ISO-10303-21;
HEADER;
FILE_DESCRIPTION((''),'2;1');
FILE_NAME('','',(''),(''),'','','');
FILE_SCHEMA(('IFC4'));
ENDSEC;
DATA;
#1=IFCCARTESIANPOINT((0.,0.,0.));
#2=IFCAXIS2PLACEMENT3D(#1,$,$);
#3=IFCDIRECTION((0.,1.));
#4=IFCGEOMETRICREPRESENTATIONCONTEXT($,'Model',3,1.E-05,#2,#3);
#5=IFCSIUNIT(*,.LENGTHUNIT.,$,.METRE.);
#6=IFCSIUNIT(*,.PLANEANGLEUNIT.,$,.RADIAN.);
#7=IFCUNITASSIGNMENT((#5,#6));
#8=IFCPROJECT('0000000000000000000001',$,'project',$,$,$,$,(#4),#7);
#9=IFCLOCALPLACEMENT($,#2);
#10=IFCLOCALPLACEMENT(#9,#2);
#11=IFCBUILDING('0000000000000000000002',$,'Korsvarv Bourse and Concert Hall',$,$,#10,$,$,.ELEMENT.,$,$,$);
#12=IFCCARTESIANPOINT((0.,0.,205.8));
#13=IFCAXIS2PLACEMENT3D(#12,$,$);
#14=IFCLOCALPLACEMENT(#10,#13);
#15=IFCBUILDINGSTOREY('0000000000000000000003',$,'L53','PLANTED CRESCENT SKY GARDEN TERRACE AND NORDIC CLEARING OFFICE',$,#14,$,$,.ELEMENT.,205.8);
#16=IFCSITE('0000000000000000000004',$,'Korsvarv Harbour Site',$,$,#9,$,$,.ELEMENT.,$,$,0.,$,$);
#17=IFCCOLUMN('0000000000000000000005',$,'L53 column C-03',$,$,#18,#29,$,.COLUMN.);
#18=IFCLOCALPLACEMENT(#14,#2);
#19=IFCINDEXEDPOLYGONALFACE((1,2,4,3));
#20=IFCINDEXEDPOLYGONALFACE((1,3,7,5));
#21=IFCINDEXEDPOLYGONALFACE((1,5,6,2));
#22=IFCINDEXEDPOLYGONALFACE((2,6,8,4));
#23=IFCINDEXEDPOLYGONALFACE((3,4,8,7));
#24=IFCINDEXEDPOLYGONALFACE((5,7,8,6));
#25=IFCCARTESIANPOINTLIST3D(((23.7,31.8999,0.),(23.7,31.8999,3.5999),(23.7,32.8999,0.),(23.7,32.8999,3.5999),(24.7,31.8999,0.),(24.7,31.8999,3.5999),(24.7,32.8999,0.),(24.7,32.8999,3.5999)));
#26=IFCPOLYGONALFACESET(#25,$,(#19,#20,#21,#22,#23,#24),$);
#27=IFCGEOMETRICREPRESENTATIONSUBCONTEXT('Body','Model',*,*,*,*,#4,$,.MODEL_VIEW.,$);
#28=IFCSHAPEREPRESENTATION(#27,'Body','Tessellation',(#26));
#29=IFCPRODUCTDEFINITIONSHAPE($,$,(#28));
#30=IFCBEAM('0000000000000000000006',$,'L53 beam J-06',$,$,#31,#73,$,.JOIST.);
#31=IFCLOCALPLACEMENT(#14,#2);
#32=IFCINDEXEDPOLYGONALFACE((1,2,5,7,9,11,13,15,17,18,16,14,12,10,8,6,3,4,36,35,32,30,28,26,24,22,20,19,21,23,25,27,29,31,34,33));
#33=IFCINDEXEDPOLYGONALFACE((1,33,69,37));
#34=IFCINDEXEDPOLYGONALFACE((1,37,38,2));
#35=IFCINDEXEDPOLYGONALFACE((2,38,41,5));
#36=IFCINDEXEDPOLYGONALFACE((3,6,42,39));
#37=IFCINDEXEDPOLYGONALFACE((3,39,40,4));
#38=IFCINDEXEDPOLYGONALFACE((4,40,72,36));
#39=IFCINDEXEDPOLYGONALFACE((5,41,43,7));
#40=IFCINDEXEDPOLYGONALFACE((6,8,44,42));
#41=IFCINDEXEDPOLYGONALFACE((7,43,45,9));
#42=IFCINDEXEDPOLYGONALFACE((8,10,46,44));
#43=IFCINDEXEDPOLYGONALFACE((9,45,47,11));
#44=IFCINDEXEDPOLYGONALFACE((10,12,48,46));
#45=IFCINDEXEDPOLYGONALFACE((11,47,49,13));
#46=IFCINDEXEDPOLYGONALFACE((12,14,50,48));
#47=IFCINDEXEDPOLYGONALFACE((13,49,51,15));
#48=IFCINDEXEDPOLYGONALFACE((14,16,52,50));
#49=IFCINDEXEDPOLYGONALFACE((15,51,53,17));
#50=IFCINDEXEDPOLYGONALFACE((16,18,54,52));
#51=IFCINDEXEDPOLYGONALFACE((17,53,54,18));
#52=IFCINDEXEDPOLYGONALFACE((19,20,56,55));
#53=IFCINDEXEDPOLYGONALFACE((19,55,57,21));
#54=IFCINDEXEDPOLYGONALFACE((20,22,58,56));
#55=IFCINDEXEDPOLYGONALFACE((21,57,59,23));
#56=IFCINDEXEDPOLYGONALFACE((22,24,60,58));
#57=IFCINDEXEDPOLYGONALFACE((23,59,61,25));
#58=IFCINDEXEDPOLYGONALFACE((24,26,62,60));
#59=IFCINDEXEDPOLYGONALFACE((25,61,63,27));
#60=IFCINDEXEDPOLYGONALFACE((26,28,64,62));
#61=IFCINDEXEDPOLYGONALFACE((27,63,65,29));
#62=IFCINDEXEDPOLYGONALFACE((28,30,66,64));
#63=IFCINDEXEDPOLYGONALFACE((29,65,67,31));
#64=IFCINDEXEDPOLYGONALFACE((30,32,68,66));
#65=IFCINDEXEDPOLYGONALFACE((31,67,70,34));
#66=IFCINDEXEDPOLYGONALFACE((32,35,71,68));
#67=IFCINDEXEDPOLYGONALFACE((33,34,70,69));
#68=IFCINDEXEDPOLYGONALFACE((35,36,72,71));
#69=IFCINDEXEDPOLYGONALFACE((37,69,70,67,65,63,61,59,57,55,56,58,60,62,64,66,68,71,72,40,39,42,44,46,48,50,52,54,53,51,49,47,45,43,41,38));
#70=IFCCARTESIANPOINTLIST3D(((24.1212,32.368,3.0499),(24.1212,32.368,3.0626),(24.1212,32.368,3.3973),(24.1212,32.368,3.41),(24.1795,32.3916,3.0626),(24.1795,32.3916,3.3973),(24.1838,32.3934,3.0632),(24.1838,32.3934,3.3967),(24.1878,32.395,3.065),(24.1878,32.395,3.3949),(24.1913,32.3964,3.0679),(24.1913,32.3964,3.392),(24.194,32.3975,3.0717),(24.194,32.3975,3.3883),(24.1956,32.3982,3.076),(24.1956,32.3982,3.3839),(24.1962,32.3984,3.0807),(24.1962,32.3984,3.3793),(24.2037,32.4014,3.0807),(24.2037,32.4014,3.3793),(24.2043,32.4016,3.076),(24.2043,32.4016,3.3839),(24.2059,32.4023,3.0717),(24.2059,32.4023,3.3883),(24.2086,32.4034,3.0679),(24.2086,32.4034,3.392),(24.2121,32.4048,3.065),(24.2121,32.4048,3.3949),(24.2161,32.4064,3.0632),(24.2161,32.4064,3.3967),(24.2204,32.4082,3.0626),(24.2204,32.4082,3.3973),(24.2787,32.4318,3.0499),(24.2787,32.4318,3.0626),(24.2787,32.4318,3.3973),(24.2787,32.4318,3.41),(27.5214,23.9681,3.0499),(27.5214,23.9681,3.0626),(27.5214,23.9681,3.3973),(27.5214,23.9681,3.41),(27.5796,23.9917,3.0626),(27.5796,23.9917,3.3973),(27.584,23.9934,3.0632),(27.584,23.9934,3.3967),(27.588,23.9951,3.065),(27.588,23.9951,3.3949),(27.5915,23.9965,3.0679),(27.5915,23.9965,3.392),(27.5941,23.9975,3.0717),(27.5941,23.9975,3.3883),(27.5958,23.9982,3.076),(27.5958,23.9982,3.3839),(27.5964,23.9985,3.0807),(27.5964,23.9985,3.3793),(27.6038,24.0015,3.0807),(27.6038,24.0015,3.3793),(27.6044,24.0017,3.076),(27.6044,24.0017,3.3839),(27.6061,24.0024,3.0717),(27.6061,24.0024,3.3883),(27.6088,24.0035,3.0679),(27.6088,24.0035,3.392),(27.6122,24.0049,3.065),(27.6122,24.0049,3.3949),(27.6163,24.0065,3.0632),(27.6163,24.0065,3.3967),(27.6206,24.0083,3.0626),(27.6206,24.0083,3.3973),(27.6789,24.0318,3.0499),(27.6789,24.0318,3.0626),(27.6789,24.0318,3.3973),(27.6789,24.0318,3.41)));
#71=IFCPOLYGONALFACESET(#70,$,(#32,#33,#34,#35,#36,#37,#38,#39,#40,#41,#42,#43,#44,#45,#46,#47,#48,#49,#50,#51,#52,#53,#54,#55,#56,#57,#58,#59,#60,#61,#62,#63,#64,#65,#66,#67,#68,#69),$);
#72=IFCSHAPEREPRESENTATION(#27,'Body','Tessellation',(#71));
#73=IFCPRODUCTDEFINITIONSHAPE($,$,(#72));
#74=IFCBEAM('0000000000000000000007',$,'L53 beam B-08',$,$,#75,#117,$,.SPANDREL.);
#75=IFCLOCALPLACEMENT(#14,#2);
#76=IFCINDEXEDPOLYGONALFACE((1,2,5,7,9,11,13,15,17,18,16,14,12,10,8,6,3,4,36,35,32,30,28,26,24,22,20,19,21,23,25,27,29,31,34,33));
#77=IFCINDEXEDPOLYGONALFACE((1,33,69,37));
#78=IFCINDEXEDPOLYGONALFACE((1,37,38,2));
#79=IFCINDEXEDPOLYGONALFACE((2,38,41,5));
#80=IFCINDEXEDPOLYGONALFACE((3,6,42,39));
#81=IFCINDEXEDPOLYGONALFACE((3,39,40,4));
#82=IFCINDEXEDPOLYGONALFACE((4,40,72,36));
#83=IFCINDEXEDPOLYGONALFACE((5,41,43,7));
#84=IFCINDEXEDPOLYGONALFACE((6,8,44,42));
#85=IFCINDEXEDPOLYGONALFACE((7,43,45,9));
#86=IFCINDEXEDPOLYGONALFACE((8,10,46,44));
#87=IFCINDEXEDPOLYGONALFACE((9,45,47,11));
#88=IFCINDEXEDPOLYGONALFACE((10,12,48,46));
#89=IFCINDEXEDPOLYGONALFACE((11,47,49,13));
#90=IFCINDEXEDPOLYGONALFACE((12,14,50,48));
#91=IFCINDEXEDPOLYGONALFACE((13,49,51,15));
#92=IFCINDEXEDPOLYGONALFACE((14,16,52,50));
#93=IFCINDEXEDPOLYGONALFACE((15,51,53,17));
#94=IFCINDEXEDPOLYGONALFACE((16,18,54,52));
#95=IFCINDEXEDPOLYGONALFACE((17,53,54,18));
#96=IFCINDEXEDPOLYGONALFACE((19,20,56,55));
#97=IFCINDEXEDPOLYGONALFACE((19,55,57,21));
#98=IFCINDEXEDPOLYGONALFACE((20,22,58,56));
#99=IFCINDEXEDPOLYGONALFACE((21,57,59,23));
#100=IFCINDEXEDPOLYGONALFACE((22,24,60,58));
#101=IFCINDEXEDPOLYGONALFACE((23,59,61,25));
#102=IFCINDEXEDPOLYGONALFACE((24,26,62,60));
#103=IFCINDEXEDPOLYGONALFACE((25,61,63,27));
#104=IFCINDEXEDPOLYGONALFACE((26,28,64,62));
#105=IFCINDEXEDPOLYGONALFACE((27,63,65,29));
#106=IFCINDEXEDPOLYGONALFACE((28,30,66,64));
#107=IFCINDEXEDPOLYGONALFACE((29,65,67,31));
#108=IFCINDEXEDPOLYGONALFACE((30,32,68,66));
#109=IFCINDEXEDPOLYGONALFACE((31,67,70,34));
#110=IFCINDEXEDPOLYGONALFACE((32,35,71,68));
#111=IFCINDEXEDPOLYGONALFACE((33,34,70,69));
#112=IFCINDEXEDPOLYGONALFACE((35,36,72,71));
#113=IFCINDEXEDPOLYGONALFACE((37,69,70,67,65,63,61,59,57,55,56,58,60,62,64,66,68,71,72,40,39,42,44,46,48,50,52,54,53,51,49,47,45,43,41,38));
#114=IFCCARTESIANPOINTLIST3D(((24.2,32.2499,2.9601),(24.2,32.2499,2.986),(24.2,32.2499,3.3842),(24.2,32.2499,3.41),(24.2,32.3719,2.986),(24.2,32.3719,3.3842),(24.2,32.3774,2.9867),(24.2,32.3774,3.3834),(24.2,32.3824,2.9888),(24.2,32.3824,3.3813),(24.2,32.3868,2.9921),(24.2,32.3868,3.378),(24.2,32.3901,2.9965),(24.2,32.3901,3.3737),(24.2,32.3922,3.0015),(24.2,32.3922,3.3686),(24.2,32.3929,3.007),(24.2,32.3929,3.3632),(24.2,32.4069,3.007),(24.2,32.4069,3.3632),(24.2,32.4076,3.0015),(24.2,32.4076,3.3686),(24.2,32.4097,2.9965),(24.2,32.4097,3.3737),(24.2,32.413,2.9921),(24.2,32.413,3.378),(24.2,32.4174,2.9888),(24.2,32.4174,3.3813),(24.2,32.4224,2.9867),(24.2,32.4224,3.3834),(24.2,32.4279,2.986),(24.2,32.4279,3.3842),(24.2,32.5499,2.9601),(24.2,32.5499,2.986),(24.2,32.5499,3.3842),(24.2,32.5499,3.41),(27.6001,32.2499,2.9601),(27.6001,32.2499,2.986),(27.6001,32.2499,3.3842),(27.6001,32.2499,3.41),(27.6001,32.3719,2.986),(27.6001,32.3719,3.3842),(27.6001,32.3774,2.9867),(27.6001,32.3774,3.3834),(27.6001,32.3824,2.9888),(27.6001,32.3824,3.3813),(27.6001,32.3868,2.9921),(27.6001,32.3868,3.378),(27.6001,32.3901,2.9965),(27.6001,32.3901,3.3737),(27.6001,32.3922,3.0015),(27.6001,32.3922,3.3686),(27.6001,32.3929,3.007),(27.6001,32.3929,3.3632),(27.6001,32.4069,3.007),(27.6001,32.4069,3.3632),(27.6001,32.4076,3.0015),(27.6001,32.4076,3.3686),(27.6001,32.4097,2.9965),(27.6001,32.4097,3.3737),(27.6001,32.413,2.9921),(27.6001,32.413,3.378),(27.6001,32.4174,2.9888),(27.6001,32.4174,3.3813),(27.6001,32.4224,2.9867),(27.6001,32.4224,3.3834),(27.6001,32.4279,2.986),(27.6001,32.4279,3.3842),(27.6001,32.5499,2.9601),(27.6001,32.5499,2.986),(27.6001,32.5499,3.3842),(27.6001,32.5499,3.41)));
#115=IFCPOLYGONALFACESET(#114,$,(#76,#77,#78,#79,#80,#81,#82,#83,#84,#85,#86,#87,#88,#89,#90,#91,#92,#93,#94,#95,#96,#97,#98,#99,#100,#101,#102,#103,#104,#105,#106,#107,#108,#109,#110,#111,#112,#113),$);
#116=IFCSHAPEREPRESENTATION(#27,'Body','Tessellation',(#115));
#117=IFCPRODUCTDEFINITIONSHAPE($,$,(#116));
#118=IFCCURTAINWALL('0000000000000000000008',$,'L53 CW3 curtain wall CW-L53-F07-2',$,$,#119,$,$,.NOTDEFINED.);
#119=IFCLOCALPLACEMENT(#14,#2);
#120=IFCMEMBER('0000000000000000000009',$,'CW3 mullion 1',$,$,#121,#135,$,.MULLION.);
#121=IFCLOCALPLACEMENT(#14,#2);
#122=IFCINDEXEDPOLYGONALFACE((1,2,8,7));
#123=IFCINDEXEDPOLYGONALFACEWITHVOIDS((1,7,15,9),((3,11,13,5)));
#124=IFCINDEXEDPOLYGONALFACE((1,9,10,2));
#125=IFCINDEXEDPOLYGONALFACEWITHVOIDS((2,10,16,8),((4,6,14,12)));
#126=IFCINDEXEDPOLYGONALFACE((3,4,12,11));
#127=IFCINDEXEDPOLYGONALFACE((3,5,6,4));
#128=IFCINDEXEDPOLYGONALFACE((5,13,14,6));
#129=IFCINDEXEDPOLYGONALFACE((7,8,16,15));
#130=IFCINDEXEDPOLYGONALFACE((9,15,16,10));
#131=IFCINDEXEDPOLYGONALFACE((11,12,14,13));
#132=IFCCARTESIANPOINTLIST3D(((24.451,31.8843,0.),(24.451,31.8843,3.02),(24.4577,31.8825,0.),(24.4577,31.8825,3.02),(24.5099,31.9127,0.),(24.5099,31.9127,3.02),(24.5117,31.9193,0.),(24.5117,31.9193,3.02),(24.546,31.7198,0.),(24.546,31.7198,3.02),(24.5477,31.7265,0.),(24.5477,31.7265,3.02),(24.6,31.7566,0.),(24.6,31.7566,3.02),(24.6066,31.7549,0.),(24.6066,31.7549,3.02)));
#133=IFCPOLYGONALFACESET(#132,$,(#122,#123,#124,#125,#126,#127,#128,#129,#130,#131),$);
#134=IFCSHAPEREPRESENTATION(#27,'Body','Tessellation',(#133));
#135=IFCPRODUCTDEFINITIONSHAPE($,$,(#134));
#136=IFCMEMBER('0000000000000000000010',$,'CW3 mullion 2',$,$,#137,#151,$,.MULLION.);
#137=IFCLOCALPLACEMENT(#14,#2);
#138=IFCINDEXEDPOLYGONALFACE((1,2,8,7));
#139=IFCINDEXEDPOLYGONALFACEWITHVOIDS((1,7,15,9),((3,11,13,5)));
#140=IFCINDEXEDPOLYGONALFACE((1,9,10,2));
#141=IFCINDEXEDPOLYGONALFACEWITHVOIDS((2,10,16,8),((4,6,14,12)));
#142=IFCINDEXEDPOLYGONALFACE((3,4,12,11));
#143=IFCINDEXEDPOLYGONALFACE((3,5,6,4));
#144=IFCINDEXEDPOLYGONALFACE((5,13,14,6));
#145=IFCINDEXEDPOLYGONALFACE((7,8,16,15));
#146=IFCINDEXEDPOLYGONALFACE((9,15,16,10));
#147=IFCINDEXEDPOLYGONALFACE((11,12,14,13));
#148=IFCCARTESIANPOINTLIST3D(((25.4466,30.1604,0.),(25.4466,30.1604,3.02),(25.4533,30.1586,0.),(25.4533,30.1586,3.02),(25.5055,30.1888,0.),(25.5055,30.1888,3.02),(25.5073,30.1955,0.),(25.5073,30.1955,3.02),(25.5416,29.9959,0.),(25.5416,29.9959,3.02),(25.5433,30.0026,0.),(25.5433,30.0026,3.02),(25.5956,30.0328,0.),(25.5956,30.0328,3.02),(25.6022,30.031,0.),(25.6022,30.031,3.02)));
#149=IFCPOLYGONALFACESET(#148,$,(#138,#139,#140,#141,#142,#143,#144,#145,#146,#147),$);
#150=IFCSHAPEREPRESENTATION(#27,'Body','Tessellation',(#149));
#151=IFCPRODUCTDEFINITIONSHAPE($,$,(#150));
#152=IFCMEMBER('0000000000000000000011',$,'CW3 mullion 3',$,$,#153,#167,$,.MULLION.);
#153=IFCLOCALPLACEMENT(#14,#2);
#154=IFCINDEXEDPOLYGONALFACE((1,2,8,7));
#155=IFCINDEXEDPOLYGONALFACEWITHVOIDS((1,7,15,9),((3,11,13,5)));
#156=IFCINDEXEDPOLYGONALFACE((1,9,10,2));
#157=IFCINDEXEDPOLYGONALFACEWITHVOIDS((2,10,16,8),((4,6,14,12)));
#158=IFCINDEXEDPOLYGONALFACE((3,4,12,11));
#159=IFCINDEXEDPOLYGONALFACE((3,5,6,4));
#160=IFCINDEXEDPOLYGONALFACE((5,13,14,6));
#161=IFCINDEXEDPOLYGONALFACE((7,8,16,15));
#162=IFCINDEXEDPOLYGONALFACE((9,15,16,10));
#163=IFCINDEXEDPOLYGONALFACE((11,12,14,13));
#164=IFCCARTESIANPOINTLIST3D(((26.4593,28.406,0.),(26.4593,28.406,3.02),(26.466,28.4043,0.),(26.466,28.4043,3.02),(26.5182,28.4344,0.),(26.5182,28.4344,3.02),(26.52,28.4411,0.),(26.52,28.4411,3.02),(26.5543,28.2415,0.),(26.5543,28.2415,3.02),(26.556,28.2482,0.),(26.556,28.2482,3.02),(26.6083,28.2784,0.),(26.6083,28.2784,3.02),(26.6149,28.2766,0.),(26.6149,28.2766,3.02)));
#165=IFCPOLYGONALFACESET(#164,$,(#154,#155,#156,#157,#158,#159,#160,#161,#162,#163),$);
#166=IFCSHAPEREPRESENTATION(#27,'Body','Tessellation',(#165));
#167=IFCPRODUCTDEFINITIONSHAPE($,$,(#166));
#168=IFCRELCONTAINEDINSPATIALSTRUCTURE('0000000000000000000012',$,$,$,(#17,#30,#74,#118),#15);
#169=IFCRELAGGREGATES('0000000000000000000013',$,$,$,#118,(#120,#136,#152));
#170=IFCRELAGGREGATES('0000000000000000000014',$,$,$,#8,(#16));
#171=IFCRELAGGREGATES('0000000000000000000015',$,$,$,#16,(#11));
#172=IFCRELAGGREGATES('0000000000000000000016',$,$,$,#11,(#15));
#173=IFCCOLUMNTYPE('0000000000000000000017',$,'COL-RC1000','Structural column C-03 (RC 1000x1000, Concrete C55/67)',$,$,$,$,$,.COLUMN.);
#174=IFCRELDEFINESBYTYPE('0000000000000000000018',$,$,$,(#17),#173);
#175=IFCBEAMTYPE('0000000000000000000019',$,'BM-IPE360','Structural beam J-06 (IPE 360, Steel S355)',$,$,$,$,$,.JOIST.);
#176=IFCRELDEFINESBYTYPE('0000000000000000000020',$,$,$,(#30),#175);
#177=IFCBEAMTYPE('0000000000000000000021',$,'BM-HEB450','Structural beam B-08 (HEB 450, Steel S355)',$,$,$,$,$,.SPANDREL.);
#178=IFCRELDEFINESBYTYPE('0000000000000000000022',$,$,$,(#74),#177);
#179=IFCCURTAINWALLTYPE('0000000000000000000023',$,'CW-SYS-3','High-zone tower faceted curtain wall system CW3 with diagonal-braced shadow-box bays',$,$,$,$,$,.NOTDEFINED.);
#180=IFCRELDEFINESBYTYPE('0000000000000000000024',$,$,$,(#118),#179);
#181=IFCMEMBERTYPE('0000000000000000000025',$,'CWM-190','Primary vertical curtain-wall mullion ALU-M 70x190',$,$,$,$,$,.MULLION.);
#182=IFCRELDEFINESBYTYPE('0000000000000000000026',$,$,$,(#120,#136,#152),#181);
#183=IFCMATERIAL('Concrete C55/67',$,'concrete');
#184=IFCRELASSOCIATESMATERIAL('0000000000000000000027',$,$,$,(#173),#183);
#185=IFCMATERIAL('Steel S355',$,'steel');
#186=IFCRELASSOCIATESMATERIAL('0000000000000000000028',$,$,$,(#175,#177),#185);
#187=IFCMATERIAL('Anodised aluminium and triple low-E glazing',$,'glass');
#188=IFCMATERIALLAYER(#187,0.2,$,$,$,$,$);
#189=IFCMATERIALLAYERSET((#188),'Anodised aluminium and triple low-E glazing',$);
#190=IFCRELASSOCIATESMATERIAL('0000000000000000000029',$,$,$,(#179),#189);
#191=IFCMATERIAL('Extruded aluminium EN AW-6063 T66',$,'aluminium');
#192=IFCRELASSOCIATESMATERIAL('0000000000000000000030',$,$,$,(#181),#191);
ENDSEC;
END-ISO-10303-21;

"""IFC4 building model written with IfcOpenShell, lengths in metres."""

from ifc_helpers import new_model, si_unit, direction, frame, origin, origin_2d, place, context, subcontext, project, spatial, rectangle, hollow_rectangle, i_section, extrude, source, transform, mapped, material, layer, layer_set, material_profile, profile_set, type_object, element, aggregate, save


model = new_model("IFC4")

# Units and contexts
model_context = context("Model", 3, precision=1e-05, world=origin(), true_north=direction((0.0, 1.0)))
body_context = subcontext(model_context, "Body", "Model", "MODEL_VIEW")
ifc_project = project(units=[si_unit("LENGTHUNIT", "METRE"), si_unit("PLANEANGLEUNIT", "RADIAN")], contexts=[model_context])

# Site, building, storey
site_placement = place(None, origin())
site = spatial("IfcSite", under=ifc_project, at=site_placement, Name="Korsvarv Harbour Site", CompositionType="ELEMENT", RefElevation=0.0)
building_placement = place(site_placement, origin())
building = spatial("IfcBuilding", under=site, at=building_placement, Name="Korsvarv Bourse and Concert Hall", CompositionType="ELEMENT")
storey_placement = place(building_placement, frame((0.0, 0.0, 205.8)))
storey = spatial("IfcBuildingStorey", under=building, at=storey_placement, Name="L53", Description="PLANTED CRESCENT SKY GARDEN TERRACE AND NORDIC CLEARING OFFICE", CompositionType="ELEMENT", Elevation=205.8)

# Column
ifc_material_1 = material(Name="Concrete C55/67", Category="concrete")
ifc_material_profile_1 = material_profile(ifc_material_1, rectangle(XDim=1.0, YDim=1.0, at=origin_2d()), Name="RC 1000x1000")
ifc_profile_set_1 = profile_set([ifc_material_profile_1], Name="Concrete C55/67")
column_type = type_object("IfcColumnType", Name="COL-RC1000", Description="Structural column C-03 (RC 1000x1000, Concrete C55/67)", PredefinedType="COLUMN", material=ifc_profile_set_1)
shared_shape_1 = source(origin(), body_context, "Body", "SweptSolid", [
    extrude(rectangle(XDim=1.0, YDim=1.0, at=origin_2d()), origin(), (0.0, 0.0, 1.0), 3.5999),
])
column_placement = place(storey_placement, frame((24.2, 32.3999, 0.0), z_axis=(0.0, 0.0, 1.0), x_axis=(1.0, 0.0, 0.0)))
element("IfcColumn", 1, at=column_placement, inside=storey, type_object=column_type, Name="L53 column C-03", PredefinedType="COLUMN", context=body_context, shape_type="MappedRepresentation", body=[
    mapped(shared_shape_1, transform((0.0, 0.0, 0.0), scale=1.0)),
])

# Beams
ifc_material_2 = material(Name="Steel S355", Category="steel")
ifc_material_profile_2 = material_profile(ifc_material_2, i_section(OverallWidth=0.1699, OverallDepth=0.3601, WebThickness=0.0081, FlangeThickness=0.0127, FilletRadius=0.0181, at=origin_2d()), Name="IPE 360")
ifc_profile_set_2 = profile_set([ifc_material_profile_2], Name="Steel S355")
beam_type_1 = type_object("IfcBeamType", Name="BM-IPE360", Description="Structural beam J-06 (IPE 360, Steel S355)", PredefinedType="JOIST", material=ifc_profile_set_2)
shared_shape_2 = source(origin(), body_context, "Body", "SweptSolid", [
    extrude(i_section(OverallWidth=0.1699, OverallDepth=0.3601, WebThickness=0.0081, FlangeThickness=0.0127, FilletRadius=0.0181, at=origin_2d()), origin(), (0.0, 0.0, 1.0), 9.062),
])
beam_1_placement = place(storey_placement, frame((24.2, 32.3999, 3.23), z_axis=(0.37521, -0.92694, 0.0), x_axis=(0.92694, 0.37521, 0.0)))
element("IfcBeam", 2, at=beam_1_placement, inside=storey, type_object=beam_type_1, Name="L53 beam J-06", PredefinedType="JOIST", context=body_context, shape_type="MappedRepresentation", body=[
    mapped(shared_shape_2, transform((0.0, 0.0, 0.0), scale=1.0)),
])
ifc_material_profile_3 = material_profile(ifc_material_2, i_section(OverallWidth=0.3, OverallDepth=0.45, WebThickness=0.0139, FlangeThickness=0.0259, FilletRadius=0.021, at=origin_2d()), Name="HEB 450")
ifc_profile_set_3 = profile_set([ifc_material_profile_3], Name="Steel S355")
beam_type_2 = type_object("IfcBeamType", Name="BM-HEB450", Description="Structural beam B-08 (HEB 450, Steel S355)", PredefinedType="SPANDREL", material=ifc_profile_set_3)
shared_shape_3 = source(origin(), body_context, "Body", "SweptSolid", [
    extrude(i_section(OverallWidth=0.3, OverallDepth=0.45, WebThickness=0.0139, FlangeThickness=0.0259, FilletRadius=0.021, at=origin_2d()), origin(), (0.0, 0.0, 1.0), 3.4001),
])
beam_2_placement = place(storey_placement, frame((24.2, 32.3999, 3.1851), z_axis=(1.0, 0.0, 0.0), x_axis=(0.0, 1.0, 0.0)))
element("IfcBeam", 3, at=beam_2_placement, inside=storey, type_object=beam_type_2, Name="L53 beam B-08", PredefinedType="SPANDREL", context=body_context, shape_type="MappedRepresentation", body=[
    mapped(shared_shape_3, transform((0.0, 0.0, 0.0), scale=1.0)),
])

# Curtain wall, members
ifc_material_3 = material(Name="Anodised aluminium and triple low-E glazing", Category="glass")
ifc_layer_1 = layer(ifc_material_3, 0.2)
ifc_layer_set_1 = layer_set([ifc_layer_1], Name="Anodised aluminium and triple low-E glazing")
curtain_wall_type = type_object("IfcCurtainWallType", Name="CW-SYS-3", Description="High-zone tower faceted curtain wall system CW3 with diagonal-braced shadow-box bays", PredefinedType="NOTDEFINED", material=ifc_layer_set_1)
curtain_wall_placement = place(storey_placement, origin())
curtain_wall = element("IfcCurtainWall", 4, at=curtain_wall_placement, inside=storey, type_object=curtain_wall_type, Name="L53 CW3 curtain wall CW-L53-F07-2", PredefinedType="NOTDEFINED")
ifc_material_4 = material(Name="Extruded aluminium EN AW-6063 T66", Category="aluminium")
ifc_material_profile_4 = material_profile(ifc_material_4, hollow_rectangle(XDim=0.0701, YDim=0.1899, WallThickness=0.0049, at=origin_2d()), Name="ALU-M 70x190")
ifc_profile_set_4 = profile_set([ifc_material_profile_4], Name="Extruded aluminium EN AW-6063 T66")
member_type_1 = type_object("IfcMemberType", Name="CWM-190", Description="Primary vertical curtain-wall mullion ALU-M 70x190", PredefinedType="MULLION", material=ifc_profile_set_4)
shared_shape_4 = source(origin(), body_context, "Body", "SweptSolid", [
    extrude(hollow_rectangle(XDim=0.0701, YDim=0.1899, WallThickness=0.0049, at=origin_2d()), origin(), (0.0, 0.0, 1.0), 3.02),
])
member_1_placement = place(storey_placement, frame((24.5288, 31.8196, 0.0), z_axis=(0.0, 0.0, 1.0), x_axis=(0.866026, 0.499999, 0.0)))
member_1 = element("IfcMember", 5, at=member_1_placement, type_object=member_type_1, Name="CW3 mullion 1", PredefinedType="MULLION", context=body_context, shape_type="MappedRepresentation", body=[
    mapped(shared_shape_4, transform((0.0, 0.0, 0.0), scale=1.0)),
])
member_2_placement = place(storey_placement, frame((25.5244, 30.0957, 0.0), z_axis=(0.0, 0.0, 1.0), x_axis=(0.866026, 0.499999, 0.0)))
member_2 = element("IfcMember", 6, at=member_2_placement, type_object=member_type_1, Name="CW3 mullion 2", PredefinedType="MULLION", context=body_context, shape_type="MappedRepresentation", body=[
    mapped(shared_shape_4, transform((0.0, 0.0, 0.0), scale=1.0)),
])
member_3_placement = place(storey_placement, frame((26.5371, 28.3413, 0.0), z_axis=(0.0, 0.0, 1.0), x_axis=(0.866026, 0.499999, 0.0)))
member_3 = element("IfcMember", 7, at=member_3_placement, type_object=member_type_1, Name="CW3 mullion 3", PredefinedType="MULLION", context=body_context, shape_type="MappedRepresentation", body=[
    mapped(shared_shape_4, transform((0.0, 0.0, 0.0), scale=1.0)),
])

aggregate(curtain_wall, [member_1, member_2, member_3])

save(model, "model.ifc")
